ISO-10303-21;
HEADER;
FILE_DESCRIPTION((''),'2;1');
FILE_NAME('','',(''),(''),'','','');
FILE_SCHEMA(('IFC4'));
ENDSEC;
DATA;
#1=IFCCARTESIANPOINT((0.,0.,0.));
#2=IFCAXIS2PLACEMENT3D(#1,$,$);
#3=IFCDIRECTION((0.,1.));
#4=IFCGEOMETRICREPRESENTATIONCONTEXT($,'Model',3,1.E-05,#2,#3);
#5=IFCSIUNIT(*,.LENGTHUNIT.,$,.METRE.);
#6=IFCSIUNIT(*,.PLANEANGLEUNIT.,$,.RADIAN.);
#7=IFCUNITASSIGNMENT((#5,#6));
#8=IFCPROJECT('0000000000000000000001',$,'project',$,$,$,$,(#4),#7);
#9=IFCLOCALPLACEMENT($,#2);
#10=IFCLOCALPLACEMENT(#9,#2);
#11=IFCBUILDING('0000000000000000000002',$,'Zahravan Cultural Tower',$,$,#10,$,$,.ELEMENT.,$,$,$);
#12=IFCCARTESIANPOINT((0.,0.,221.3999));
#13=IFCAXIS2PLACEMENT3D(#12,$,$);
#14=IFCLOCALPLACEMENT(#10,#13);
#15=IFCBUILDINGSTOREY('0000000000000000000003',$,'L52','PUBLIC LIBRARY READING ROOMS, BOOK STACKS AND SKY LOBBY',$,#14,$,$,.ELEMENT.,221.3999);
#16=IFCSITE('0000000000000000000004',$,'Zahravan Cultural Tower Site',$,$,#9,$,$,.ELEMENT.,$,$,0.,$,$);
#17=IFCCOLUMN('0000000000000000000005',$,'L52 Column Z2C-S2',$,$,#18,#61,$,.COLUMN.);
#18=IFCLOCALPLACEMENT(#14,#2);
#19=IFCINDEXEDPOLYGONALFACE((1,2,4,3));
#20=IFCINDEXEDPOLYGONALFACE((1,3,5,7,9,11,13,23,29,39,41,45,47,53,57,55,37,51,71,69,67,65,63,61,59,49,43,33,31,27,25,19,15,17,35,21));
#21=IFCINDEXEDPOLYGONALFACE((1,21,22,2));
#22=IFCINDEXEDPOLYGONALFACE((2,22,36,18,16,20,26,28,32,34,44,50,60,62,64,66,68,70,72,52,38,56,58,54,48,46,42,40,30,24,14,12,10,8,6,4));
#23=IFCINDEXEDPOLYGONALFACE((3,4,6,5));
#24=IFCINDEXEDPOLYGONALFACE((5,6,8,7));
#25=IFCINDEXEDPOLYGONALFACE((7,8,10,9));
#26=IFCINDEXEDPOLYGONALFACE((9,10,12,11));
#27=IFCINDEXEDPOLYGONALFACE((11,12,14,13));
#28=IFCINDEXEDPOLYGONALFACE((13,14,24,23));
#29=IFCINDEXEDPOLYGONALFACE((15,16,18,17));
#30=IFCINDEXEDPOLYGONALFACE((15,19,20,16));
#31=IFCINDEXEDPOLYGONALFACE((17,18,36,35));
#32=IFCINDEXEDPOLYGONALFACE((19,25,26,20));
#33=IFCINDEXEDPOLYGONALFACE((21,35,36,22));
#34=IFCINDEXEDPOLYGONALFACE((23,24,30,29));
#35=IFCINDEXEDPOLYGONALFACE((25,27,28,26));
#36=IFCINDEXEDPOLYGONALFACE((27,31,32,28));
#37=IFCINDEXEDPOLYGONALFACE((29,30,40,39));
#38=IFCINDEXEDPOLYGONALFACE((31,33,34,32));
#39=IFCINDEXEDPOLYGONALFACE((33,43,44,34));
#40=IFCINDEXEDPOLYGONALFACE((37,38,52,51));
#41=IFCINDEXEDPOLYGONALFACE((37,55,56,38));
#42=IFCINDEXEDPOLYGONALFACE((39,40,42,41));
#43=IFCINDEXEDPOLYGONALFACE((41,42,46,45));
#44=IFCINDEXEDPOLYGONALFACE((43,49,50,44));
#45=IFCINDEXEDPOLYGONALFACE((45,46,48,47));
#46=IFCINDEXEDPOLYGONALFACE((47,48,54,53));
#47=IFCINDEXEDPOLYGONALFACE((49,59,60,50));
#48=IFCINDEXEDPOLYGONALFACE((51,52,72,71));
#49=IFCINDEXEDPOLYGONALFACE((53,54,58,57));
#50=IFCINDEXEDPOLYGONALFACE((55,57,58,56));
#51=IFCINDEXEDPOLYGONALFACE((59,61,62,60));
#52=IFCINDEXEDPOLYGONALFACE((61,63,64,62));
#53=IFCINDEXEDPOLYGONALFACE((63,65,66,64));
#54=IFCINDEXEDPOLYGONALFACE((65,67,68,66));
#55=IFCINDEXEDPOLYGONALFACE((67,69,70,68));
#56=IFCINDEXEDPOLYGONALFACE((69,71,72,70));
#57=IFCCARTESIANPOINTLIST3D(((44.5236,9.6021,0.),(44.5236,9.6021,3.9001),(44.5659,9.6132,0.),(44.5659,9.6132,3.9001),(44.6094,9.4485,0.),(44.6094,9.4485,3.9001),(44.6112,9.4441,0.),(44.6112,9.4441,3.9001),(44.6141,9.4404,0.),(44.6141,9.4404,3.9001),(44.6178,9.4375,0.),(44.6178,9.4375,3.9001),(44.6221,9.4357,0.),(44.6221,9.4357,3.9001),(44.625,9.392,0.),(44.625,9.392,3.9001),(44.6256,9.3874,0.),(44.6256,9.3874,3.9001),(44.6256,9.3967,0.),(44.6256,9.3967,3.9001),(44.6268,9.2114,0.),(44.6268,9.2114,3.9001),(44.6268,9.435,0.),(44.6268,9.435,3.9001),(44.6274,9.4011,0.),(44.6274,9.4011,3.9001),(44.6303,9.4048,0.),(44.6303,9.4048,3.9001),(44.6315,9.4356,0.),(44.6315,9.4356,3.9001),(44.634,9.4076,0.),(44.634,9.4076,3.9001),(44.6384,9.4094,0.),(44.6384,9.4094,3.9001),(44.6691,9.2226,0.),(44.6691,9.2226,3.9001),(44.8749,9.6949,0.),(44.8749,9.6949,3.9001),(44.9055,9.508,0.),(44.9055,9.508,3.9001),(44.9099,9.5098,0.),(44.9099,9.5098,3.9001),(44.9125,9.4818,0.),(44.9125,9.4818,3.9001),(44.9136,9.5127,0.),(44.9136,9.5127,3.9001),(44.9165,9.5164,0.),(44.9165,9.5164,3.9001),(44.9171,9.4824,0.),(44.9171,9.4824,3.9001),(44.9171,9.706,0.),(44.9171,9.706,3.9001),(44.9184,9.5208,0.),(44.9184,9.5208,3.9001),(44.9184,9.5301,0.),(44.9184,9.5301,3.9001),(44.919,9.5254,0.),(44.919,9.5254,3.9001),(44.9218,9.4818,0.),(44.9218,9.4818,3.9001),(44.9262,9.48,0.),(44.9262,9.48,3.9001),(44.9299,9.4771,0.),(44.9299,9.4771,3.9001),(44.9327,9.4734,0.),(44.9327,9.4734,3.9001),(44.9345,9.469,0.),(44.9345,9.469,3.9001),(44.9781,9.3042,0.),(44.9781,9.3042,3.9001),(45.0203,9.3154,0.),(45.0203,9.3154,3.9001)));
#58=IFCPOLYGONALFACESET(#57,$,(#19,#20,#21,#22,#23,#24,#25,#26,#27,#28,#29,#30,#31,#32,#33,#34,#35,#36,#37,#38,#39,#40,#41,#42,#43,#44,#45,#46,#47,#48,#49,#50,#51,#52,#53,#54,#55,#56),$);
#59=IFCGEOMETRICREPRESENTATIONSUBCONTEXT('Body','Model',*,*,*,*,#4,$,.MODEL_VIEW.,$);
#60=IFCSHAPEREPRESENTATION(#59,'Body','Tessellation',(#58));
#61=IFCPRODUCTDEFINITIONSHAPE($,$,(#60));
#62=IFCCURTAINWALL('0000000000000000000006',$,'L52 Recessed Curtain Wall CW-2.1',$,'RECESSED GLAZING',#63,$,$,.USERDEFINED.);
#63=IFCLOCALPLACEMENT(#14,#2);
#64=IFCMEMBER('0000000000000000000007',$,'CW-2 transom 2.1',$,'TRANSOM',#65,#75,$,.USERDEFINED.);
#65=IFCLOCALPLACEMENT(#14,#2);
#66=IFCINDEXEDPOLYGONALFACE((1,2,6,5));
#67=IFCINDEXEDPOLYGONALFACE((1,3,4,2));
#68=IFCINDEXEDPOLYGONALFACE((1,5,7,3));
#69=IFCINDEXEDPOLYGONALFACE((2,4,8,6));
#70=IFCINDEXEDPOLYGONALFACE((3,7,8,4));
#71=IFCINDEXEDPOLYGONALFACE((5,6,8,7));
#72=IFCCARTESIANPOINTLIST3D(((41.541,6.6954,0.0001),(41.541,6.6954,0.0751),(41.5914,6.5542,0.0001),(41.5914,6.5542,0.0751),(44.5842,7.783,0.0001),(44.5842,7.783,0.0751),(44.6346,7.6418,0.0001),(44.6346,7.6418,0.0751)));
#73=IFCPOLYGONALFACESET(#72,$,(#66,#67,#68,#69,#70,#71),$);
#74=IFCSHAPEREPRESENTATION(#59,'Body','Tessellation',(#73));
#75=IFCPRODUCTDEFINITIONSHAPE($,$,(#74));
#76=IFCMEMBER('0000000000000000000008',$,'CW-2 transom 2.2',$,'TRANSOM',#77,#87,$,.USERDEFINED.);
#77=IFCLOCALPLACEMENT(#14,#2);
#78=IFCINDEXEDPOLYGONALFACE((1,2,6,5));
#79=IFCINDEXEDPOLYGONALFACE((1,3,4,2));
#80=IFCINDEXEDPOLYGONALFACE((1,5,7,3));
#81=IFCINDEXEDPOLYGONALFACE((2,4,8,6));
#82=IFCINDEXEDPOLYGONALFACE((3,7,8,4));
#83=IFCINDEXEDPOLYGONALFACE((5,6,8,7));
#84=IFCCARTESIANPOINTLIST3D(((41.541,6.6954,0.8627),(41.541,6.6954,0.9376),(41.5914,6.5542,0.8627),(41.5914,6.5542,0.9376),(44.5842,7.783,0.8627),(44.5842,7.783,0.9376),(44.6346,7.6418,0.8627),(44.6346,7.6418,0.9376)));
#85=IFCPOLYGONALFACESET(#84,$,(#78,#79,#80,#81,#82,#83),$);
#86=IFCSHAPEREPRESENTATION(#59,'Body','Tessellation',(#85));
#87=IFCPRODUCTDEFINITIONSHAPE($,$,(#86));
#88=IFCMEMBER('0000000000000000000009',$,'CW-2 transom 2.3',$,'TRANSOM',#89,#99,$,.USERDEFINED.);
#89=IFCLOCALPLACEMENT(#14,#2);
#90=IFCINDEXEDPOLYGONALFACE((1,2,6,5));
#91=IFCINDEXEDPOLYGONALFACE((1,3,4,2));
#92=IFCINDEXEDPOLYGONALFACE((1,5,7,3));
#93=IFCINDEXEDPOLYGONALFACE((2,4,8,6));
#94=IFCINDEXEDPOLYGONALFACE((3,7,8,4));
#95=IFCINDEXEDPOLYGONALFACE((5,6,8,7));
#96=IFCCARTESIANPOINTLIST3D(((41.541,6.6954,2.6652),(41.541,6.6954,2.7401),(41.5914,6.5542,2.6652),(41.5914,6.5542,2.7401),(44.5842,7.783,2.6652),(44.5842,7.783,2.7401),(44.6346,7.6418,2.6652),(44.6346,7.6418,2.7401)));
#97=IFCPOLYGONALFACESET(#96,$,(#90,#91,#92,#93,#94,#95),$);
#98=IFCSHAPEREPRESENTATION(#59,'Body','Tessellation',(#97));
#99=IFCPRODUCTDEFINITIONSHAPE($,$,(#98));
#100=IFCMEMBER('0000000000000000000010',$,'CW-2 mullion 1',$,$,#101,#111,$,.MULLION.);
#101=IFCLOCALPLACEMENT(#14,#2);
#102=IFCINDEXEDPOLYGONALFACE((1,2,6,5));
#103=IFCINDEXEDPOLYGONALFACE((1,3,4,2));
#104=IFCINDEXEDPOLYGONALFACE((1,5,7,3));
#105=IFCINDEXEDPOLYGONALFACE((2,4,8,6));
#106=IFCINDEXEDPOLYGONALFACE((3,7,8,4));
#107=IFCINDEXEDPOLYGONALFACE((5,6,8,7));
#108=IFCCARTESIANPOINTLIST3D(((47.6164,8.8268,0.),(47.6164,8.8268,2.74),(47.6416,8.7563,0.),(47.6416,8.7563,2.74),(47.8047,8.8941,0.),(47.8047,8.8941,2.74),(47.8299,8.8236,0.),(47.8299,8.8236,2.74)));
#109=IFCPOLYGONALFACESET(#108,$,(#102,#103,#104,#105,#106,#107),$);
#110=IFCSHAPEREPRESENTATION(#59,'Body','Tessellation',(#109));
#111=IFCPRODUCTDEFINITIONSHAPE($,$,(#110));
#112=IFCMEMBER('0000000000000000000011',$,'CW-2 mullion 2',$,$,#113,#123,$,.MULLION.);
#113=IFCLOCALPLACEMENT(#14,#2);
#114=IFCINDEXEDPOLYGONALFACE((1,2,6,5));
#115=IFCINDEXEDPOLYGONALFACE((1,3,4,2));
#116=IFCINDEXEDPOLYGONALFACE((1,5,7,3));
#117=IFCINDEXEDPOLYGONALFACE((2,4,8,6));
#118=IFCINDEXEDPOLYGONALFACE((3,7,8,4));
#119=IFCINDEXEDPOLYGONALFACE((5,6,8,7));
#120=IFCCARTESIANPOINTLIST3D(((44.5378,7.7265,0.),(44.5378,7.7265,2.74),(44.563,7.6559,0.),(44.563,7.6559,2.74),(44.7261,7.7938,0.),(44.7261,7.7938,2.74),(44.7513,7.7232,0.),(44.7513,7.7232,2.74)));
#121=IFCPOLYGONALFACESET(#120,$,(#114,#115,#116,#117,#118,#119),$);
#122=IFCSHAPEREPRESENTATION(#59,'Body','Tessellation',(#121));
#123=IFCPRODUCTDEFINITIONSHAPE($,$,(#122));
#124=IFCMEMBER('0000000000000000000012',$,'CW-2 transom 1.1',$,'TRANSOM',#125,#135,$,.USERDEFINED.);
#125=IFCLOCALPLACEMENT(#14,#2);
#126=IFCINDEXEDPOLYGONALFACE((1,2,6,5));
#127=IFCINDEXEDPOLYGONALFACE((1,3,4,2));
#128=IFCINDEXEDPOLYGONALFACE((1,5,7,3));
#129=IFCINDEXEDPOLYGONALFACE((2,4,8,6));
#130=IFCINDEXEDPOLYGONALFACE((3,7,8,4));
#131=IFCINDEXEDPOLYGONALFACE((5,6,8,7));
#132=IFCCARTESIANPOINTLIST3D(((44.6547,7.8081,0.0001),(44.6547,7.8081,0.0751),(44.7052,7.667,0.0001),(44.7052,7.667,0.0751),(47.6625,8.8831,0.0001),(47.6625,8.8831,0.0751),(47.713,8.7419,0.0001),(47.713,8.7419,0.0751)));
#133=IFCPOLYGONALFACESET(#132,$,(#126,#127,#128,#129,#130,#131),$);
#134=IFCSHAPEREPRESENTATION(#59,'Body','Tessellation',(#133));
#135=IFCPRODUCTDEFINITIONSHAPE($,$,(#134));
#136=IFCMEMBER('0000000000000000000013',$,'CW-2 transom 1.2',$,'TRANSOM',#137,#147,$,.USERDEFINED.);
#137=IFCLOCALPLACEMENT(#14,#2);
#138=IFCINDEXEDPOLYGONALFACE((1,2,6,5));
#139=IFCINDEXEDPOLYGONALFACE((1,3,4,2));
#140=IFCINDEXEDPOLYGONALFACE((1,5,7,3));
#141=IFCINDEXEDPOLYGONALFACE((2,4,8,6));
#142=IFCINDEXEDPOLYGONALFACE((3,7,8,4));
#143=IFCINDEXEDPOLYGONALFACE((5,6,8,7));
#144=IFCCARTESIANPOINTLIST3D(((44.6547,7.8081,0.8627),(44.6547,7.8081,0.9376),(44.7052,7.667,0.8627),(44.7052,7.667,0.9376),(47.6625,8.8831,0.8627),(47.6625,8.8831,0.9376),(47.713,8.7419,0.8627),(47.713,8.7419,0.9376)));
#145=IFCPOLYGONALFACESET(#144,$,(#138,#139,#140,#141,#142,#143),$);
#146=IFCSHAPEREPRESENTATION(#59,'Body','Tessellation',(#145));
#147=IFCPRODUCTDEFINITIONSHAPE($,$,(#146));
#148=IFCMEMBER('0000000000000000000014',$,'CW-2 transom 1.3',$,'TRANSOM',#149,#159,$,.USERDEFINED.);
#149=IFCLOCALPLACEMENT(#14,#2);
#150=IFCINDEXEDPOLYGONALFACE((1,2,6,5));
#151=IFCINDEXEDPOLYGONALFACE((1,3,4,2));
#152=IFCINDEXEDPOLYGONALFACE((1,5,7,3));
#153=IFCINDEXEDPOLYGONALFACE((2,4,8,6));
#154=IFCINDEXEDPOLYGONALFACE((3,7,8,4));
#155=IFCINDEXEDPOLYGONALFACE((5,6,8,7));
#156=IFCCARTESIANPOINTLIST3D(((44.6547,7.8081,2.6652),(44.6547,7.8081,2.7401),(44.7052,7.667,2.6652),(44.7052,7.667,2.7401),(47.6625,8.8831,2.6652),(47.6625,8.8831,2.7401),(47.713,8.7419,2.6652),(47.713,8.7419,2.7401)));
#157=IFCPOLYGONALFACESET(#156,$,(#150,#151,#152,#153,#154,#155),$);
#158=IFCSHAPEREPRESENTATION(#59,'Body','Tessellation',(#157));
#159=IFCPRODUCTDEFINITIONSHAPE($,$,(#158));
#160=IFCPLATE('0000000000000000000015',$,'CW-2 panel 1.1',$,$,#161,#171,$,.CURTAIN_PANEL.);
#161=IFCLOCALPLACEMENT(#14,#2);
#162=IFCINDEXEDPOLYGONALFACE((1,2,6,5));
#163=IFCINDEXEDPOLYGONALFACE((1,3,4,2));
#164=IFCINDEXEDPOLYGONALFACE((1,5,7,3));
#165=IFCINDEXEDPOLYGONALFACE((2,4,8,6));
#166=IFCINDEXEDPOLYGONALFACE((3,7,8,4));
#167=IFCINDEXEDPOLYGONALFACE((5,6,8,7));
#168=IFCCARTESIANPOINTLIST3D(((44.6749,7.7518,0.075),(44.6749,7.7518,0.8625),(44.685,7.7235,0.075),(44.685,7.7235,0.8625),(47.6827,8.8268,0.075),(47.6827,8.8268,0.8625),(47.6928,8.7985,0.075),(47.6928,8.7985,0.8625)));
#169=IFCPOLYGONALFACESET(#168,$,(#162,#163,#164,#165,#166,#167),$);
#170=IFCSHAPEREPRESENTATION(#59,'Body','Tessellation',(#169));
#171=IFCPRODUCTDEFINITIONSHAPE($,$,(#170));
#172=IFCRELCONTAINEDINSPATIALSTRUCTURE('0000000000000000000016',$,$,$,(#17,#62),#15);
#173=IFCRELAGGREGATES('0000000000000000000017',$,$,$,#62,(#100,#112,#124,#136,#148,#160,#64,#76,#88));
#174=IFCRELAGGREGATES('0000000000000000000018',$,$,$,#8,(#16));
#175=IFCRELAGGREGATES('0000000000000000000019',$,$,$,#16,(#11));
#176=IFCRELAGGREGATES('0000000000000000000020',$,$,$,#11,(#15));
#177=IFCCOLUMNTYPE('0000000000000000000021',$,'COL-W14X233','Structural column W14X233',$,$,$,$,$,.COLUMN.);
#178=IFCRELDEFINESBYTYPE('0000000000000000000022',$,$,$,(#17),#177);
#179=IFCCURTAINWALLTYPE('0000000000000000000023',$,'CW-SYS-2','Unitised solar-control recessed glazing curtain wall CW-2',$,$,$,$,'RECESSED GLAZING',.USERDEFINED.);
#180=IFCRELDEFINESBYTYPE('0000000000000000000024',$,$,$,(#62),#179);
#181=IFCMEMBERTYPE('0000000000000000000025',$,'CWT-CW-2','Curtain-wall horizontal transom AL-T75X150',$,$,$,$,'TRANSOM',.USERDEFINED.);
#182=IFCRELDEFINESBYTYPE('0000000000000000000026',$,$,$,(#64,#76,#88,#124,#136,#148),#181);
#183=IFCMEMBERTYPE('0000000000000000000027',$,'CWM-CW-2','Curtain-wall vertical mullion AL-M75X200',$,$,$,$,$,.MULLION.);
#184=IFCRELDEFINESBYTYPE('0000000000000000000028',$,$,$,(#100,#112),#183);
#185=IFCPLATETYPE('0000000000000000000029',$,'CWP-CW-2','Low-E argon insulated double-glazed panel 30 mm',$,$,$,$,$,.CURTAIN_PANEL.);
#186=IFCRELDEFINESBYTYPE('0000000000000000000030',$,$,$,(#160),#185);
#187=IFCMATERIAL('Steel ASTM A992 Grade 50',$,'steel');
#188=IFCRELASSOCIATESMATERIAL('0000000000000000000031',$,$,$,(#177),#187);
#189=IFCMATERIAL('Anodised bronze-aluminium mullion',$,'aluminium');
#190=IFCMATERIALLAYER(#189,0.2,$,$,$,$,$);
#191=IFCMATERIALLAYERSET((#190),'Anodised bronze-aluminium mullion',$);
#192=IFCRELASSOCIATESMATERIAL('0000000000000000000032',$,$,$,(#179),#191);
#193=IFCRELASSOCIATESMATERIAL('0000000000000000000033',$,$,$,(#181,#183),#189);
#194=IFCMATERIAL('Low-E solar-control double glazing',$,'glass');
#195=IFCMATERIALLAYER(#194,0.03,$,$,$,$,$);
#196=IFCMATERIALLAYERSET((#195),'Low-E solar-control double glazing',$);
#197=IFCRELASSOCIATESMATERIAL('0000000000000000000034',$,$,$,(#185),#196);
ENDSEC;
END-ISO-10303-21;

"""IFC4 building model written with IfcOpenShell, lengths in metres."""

from ifc_helpers import new_model, si_unit, direction, frame, origin, origin_2d, place, context, subcontext, project, spatial, rectangle, i_section, extrude, source, transform, mapped, material, layer, layer_set, material_profile, profile_set, type_object, element, aggregate, save


model = new_model("IFC4")

# Units and contexts
model_context = context("Model", 3, precision=1e-05, world=origin(), true_north=direction((0.0, 1.0)))
body_context = subcontext(model_context, "Body", "Model", "MODEL_VIEW")
ifc_project = project(units=[si_unit("LENGTHUNIT", "METRE"), si_unit("PLANEANGLEUNIT", "RADIAN")], contexts=[model_context])

# Site, building, storey
site_placement = place(None, origin())
site = spatial("IfcSite", under=ifc_project, at=site_placement, Name="Zahravan Cultural Tower Site", CompositionType="ELEMENT", RefElevation=0.0)
building_placement = place(site_placement, origin())
building = spatial("IfcBuilding", under=site, at=building_placement, Name="Zahravan Cultural Tower", CompositionType="ELEMENT")
storey_placement = place(building_placement, frame((0.0, 0.0, 221.3999)))
storey = spatial("IfcBuildingStorey", under=building, at=storey_placement, Name="L52", Description="PUBLIC LIBRARY READING ROOMS, BOOK STACKS AND SKY LOBBY", CompositionType="ELEMENT", Elevation=221.3999)

# Column
ifc_material_1 = material(Name="Steel ASTM A992 Grade 50", Category="steel")
ifc_material_profile_1 = material_profile(ifc_material_1, i_section(OverallWidth=0.4041, OverallDepth=0.407, WebThickness=0.0271, FlangeThickness=0.0437, FilletRadius=0.0181, at=origin_2d()), Name="W14X233")
ifc_profile_set_1 = profile_set([ifc_material_profile_1], Name="Steel ASTM A992 Grade 50")
column_type = type_object("IfcColumnType", Name="COL-W14X233", Description="Structural column W14X233", PredefinedType="COLUMN", material=ifc_profile_set_1)
shared_shape_1 = source(origin(), body_context, "Body", "SweptSolid", [
    extrude(i_section(OverallWidth=0.4041, OverallDepth=0.407, WebThickness=0.0271, FlangeThickness=0.0437, FilletRadius=0.0181, at=origin_2d()), origin(), (0.0, 0.0, 1.0), 3.9001),
])
column_placement = place(storey_placement, frame((44.772, 9.4587, 0.0), z_axis=(0.0, 0.0, 1.0), x_axis=(-0.255446, 0.966823, 0.0)))
element("IfcColumn", 1, at=column_placement, inside=storey, type_object=column_type, Name="L52 Column Z2C-S2", PredefinedType="COLUMN", context=body_context, shape_type="MappedRepresentation", body=[
    mapped(shared_shape_1, transform((0.0, 0.0, 0.0), x_axis=(1.0, 0.0, 0.0), y_axis=(0.0, 1.0, 0.0), z_axis=(0.0, 0.0, 1.0), scale=1.0)),
])

# Curtain wall, members, plate
ifc_material_2 = material(Name="Anodised bronze-aluminium mullion", Category="aluminium")
ifc_layer_1 = layer(ifc_material_2, 0.2)
ifc_layer_set_1 = layer_set([ifc_layer_1], Name="Anodised bronze-aluminium mullion")
curtain_wall_type = type_object("IfcCurtainWallType", Name="CW-SYS-2", Description="Unitised solar-control recessed glazing curtain wall CW-2", ElementType="RECESSED GLAZING", PredefinedType="USERDEFINED", material=ifc_layer_set_1)
curtain_wall_placement = place(storey_placement, origin())
curtain_wall = element("IfcCurtainWall", 2, at=curtain_wall_placement, inside=storey, type_object=curtain_wall_type, Name="L52 Recessed Curtain Wall CW-2.1", ObjectType="RECESSED GLAZING", PredefinedType="USERDEFINED")
ifc_material_profile_2 = material_profile(ifc_material_2, rectangle(XDim=0.1499, YDim=0.075, at=origin_2d()), Name="AL-T75X150")
ifc_profile_set_2 = profile_set([ifc_material_profile_2], Name="Anodised bronze-aluminium mullion")
member_type_1 = type_object("IfcMemberType", Name="CWT-CW-2", Description="Curtain-wall horizontal transom AL-T75X150", ElementType="TRANSOM", PredefinedType="USERDEFINED", material=ifc_profile_set_2)
shared_shape_2 = source(origin(), body_context, "Body", "SweptSolid", [
    extrude(rectangle(XDim=0.1499, YDim=0.075, at=origin_2d()), origin(), (0.0, 0.0, 1.0), 3.2317),
])
member_1_placement = place(storey_placement, frame((44.6094, 7.7124, 0.0376), z_axis=(-0.941665, -0.336552, 0.0), x_axis=(0.336552, -0.941665, 0.0)))
member_1 = element("IfcMember", 3, at=member_1_placement, type_object=member_type_1, Name="CW-2 transom 2.1", ObjectType="TRANSOM", PredefinedType="USERDEFINED", context=body_context, shape_type="MappedRepresentation", body=[
    mapped(shared_shape_2, transform((0.0, 0.0, 0.0), x_axis=(1.0, 0.0, 0.0), y_axis=(0.0, 1.0, 0.0), z_axis=(0.0, 0.0, 1.0), scale=1.0)),
])
member_2_placement = place(storey_placement, frame((44.6094, 7.7124, 0.9001), z_axis=(-0.941665, -0.336552, 0.0), x_axis=(0.336552, -0.941665, 0.0)))
member_2 = element("IfcMember", 4, at=member_2_placement, type_object=member_type_1, Name="CW-2 transom 2.2", ObjectType="TRANSOM", PredefinedType="USERDEFINED", context=body_context, shape_type="MappedRepresentation", body=[
    mapped(shared_shape_2, transform((0.0, 0.0, 0.0), x_axis=(1.0, 0.0, 0.0), y_axis=(0.0, 1.0, 0.0), z_axis=(0.0, 0.0, 1.0), scale=1.0)),
])
member_3_placement = place(storey_placement, frame((44.6094, 7.7124, 2.7026), z_axis=(-0.941665, -0.336552, 0.0), x_axis=(0.336552, -0.941665, 0.0)))
member_3 = element("IfcMember", 5, at=member_3_placement, type_object=member_type_1, Name="CW-2 transom 2.3", ObjectType="TRANSOM", PredefinedType="USERDEFINED", context=body_context, shape_type="MappedRepresentation", body=[
    mapped(shared_shape_2, transform((0.0, 0.0, 0.0), x_axis=(1.0, 0.0, 0.0), y_axis=(0.0, 1.0, 0.0), z_axis=(0.0, 0.0, 1.0), scale=1.0)),
])
ifc_material_profile_3 = material_profile(ifc_material_2, rectangle(XDim=0.075, YDim=0.2, at=origin_2d()), Name="AL-M75X200")
ifc_profile_set_3 = profile_set([ifc_material_profile_3], Name="Anodised bronze-aluminium mullion")
member_type_2 = type_object("IfcMemberType", Name="CWM-CW-2", Description="Curtain-wall vertical mullion AL-M75X200", PredefinedType="MULLION", material=ifc_profile_set_3)
shared_shape_3 = source(origin(), body_context, "Body", "SweptSolid", [
    extrude(rectangle(XDim=0.075, YDim=0.2, at=origin_2d()), origin(), (0.0, 0.0, 1.0), 2.74),
])
member_4_placement = place(storey_placement, frame((47.7231, 8.8252, 0.0), z_axis=(0.0, 0.0, 1.0), x_axis=(0.336541, -0.941669, 0.0)))
member_4 = element("IfcMember", 6, at=member_4_placement, type_object=member_type_2, Name="CW-2 mullion 1", PredefinedType="MULLION", context=body_context, shape_type="MappedRepresentation", body=[
    mapped(shared_shape_3, transform((0.0, 0.0, 0.0), x_axis=(1.0, 0.0, 0.0), y_axis=(0.0, 1.0, 0.0), z_axis=(0.0, 0.0, 1.0), scale=1.0)),
])
member_5_placement = place(storey_placement, frame((44.6445, 7.7249, 0.0), z_axis=(0.0, 0.0, 1.0), x_axis=(0.336541, -0.941669, 0.0)))
member_5 = element("IfcMember", 7, at=member_5_placement, type_object=member_type_2, Name="CW-2 mullion 2", PredefinedType="MULLION", context=body_context, shape_type="MappedRepresentation", body=[
    mapped(shared_shape_3, transform((0.0, 0.0, 0.0), x_axis=(1.0, 0.0, 0.0), y_axis=(0.0, 1.0, 0.0), z_axis=(0.0, 0.0, 1.0), scale=1.0)),
])
shared_shape_4 = source(origin(), body_context, "Body", "SweptSolid", [
    extrude(rectangle(XDim=0.1499, YDim=0.075, at=origin_2d()), origin(), (0.0, 0.0, 1.0), 3.1941),
])
member_6_placement = place(storey_placement, frame((47.6877, 8.8125, 0.0376), z_axis=(-0.941669, -0.33654, 0.0), x_axis=(0.33654, -0.941669, 0.0)))
member_6 = element("IfcMember", 8, at=member_6_placement, type_object=member_type_1, Name="CW-2 transom 1.1", ObjectType="TRANSOM", PredefinedType="USERDEFINED", context=body_context, shape_type="MappedRepresentation", body=[
    mapped(shared_shape_4, transform((0.0, 0.0, 0.0), x_axis=(1.0, 0.0, 0.0), y_axis=(0.0, 1.0, 0.0), z_axis=(0.0, 0.0, 1.0), scale=1.0)),
])
member_7_placement = place(storey_placement, frame((47.6877, 8.8125, 0.9001), z_axis=(-0.941669, -0.33654, 0.0), x_axis=(0.33654, -0.941669, 0.0)))
member_7 = element("IfcMember", 9, at=member_7_placement, type_object=member_type_1, Name="CW-2 transom 1.2", ObjectType="TRANSOM", PredefinedType="USERDEFINED", context=body_context, shape_type="MappedRepresentation", body=[
    mapped(shared_shape_4, transform((0.0, 0.0, 0.0), x_axis=(1.0, 0.0, 0.0), y_axis=(0.0, 1.0, 0.0), z_axis=(0.0, 0.0, 1.0), scale=1.0)),
])
member_8_placement = place(storey_placement, frame((47.6877, 8.8125, 2.7026), z_axis=(-0.941669, -0.33654, 0.0), x_axis=(0.33654, -0.941669, 0.0)))
member_8 = element("IfcMember", 10, at=member_8_placement, type_object=member_type_1, Name="CW-2 transom 1.3", ObjectType="TRANSOM", PredefinedType="USERDEFINED", context=body_context, shape_type="MappedRepresentation", body=[
    mapped(shared_shape_4, transform((0.0, 0.0, 0.0), x_axis=(1.0, 0.0, 0.0), y_axis=(0.0, 1.0, 0.0), z_axis=(0.0, 0.0, 1.0), scale=1.0)),
])
ifc_material_3 = material(Name="Low-E solar-control double glazing", Category="glass")
ifc_layer_2 = layer(ifc_material_3, 0.03)
ifc_layer_set_2 = layer_set([ifc_layer_2], Name="Low-E solar-control double glazing")
plate_type = type_object("IfcPlateType", Name="CWP-CW-2", Description="Low-E argon insulated double-glazed panel 30 mm", PredefinedType="CURTAIN_PANEL", material=ifc_layer_set_2)
shared_shape_5 = source(origin(), body_context, "Body", "SweptSolid", [
    extrude(rectangle(XDim=3.1941, YDim=0.03, at=origin_2d()), origin(), (0.0, 0.0, 1.0), 0.7876),
])
plate_1_placement = place(storey_placement, frame((46.1838, 8.2751, 0.075), z_axis=(0.0, 0.0, 1.0), x_axis=(-0.941669, -0.336541, 0.0)))
plate_1 = element("IfcPlate", 11, at=plate_1_placement, type_object=plate_type, Name="CW-2 panel 1.1", PredefinedType="CURTAIN_PANEL", context=body_context, shape_type="MappedRepresentation", body=[
    mapped(shared_shape_5, transform((0.0, 0.0, 0.0), x_axis=(1.0, 0.0, 0.0), y_axis=(0.0, 1.0, 0.0), z_axis=(0.0, 0.0, 1.0), scale=1.0)),
])
aggregate(curtain_wall, [member_4, member_5, member_6, member_7, member_8, plate_1, member_1, member_2, member_3])

save(model, "model.ifc")
